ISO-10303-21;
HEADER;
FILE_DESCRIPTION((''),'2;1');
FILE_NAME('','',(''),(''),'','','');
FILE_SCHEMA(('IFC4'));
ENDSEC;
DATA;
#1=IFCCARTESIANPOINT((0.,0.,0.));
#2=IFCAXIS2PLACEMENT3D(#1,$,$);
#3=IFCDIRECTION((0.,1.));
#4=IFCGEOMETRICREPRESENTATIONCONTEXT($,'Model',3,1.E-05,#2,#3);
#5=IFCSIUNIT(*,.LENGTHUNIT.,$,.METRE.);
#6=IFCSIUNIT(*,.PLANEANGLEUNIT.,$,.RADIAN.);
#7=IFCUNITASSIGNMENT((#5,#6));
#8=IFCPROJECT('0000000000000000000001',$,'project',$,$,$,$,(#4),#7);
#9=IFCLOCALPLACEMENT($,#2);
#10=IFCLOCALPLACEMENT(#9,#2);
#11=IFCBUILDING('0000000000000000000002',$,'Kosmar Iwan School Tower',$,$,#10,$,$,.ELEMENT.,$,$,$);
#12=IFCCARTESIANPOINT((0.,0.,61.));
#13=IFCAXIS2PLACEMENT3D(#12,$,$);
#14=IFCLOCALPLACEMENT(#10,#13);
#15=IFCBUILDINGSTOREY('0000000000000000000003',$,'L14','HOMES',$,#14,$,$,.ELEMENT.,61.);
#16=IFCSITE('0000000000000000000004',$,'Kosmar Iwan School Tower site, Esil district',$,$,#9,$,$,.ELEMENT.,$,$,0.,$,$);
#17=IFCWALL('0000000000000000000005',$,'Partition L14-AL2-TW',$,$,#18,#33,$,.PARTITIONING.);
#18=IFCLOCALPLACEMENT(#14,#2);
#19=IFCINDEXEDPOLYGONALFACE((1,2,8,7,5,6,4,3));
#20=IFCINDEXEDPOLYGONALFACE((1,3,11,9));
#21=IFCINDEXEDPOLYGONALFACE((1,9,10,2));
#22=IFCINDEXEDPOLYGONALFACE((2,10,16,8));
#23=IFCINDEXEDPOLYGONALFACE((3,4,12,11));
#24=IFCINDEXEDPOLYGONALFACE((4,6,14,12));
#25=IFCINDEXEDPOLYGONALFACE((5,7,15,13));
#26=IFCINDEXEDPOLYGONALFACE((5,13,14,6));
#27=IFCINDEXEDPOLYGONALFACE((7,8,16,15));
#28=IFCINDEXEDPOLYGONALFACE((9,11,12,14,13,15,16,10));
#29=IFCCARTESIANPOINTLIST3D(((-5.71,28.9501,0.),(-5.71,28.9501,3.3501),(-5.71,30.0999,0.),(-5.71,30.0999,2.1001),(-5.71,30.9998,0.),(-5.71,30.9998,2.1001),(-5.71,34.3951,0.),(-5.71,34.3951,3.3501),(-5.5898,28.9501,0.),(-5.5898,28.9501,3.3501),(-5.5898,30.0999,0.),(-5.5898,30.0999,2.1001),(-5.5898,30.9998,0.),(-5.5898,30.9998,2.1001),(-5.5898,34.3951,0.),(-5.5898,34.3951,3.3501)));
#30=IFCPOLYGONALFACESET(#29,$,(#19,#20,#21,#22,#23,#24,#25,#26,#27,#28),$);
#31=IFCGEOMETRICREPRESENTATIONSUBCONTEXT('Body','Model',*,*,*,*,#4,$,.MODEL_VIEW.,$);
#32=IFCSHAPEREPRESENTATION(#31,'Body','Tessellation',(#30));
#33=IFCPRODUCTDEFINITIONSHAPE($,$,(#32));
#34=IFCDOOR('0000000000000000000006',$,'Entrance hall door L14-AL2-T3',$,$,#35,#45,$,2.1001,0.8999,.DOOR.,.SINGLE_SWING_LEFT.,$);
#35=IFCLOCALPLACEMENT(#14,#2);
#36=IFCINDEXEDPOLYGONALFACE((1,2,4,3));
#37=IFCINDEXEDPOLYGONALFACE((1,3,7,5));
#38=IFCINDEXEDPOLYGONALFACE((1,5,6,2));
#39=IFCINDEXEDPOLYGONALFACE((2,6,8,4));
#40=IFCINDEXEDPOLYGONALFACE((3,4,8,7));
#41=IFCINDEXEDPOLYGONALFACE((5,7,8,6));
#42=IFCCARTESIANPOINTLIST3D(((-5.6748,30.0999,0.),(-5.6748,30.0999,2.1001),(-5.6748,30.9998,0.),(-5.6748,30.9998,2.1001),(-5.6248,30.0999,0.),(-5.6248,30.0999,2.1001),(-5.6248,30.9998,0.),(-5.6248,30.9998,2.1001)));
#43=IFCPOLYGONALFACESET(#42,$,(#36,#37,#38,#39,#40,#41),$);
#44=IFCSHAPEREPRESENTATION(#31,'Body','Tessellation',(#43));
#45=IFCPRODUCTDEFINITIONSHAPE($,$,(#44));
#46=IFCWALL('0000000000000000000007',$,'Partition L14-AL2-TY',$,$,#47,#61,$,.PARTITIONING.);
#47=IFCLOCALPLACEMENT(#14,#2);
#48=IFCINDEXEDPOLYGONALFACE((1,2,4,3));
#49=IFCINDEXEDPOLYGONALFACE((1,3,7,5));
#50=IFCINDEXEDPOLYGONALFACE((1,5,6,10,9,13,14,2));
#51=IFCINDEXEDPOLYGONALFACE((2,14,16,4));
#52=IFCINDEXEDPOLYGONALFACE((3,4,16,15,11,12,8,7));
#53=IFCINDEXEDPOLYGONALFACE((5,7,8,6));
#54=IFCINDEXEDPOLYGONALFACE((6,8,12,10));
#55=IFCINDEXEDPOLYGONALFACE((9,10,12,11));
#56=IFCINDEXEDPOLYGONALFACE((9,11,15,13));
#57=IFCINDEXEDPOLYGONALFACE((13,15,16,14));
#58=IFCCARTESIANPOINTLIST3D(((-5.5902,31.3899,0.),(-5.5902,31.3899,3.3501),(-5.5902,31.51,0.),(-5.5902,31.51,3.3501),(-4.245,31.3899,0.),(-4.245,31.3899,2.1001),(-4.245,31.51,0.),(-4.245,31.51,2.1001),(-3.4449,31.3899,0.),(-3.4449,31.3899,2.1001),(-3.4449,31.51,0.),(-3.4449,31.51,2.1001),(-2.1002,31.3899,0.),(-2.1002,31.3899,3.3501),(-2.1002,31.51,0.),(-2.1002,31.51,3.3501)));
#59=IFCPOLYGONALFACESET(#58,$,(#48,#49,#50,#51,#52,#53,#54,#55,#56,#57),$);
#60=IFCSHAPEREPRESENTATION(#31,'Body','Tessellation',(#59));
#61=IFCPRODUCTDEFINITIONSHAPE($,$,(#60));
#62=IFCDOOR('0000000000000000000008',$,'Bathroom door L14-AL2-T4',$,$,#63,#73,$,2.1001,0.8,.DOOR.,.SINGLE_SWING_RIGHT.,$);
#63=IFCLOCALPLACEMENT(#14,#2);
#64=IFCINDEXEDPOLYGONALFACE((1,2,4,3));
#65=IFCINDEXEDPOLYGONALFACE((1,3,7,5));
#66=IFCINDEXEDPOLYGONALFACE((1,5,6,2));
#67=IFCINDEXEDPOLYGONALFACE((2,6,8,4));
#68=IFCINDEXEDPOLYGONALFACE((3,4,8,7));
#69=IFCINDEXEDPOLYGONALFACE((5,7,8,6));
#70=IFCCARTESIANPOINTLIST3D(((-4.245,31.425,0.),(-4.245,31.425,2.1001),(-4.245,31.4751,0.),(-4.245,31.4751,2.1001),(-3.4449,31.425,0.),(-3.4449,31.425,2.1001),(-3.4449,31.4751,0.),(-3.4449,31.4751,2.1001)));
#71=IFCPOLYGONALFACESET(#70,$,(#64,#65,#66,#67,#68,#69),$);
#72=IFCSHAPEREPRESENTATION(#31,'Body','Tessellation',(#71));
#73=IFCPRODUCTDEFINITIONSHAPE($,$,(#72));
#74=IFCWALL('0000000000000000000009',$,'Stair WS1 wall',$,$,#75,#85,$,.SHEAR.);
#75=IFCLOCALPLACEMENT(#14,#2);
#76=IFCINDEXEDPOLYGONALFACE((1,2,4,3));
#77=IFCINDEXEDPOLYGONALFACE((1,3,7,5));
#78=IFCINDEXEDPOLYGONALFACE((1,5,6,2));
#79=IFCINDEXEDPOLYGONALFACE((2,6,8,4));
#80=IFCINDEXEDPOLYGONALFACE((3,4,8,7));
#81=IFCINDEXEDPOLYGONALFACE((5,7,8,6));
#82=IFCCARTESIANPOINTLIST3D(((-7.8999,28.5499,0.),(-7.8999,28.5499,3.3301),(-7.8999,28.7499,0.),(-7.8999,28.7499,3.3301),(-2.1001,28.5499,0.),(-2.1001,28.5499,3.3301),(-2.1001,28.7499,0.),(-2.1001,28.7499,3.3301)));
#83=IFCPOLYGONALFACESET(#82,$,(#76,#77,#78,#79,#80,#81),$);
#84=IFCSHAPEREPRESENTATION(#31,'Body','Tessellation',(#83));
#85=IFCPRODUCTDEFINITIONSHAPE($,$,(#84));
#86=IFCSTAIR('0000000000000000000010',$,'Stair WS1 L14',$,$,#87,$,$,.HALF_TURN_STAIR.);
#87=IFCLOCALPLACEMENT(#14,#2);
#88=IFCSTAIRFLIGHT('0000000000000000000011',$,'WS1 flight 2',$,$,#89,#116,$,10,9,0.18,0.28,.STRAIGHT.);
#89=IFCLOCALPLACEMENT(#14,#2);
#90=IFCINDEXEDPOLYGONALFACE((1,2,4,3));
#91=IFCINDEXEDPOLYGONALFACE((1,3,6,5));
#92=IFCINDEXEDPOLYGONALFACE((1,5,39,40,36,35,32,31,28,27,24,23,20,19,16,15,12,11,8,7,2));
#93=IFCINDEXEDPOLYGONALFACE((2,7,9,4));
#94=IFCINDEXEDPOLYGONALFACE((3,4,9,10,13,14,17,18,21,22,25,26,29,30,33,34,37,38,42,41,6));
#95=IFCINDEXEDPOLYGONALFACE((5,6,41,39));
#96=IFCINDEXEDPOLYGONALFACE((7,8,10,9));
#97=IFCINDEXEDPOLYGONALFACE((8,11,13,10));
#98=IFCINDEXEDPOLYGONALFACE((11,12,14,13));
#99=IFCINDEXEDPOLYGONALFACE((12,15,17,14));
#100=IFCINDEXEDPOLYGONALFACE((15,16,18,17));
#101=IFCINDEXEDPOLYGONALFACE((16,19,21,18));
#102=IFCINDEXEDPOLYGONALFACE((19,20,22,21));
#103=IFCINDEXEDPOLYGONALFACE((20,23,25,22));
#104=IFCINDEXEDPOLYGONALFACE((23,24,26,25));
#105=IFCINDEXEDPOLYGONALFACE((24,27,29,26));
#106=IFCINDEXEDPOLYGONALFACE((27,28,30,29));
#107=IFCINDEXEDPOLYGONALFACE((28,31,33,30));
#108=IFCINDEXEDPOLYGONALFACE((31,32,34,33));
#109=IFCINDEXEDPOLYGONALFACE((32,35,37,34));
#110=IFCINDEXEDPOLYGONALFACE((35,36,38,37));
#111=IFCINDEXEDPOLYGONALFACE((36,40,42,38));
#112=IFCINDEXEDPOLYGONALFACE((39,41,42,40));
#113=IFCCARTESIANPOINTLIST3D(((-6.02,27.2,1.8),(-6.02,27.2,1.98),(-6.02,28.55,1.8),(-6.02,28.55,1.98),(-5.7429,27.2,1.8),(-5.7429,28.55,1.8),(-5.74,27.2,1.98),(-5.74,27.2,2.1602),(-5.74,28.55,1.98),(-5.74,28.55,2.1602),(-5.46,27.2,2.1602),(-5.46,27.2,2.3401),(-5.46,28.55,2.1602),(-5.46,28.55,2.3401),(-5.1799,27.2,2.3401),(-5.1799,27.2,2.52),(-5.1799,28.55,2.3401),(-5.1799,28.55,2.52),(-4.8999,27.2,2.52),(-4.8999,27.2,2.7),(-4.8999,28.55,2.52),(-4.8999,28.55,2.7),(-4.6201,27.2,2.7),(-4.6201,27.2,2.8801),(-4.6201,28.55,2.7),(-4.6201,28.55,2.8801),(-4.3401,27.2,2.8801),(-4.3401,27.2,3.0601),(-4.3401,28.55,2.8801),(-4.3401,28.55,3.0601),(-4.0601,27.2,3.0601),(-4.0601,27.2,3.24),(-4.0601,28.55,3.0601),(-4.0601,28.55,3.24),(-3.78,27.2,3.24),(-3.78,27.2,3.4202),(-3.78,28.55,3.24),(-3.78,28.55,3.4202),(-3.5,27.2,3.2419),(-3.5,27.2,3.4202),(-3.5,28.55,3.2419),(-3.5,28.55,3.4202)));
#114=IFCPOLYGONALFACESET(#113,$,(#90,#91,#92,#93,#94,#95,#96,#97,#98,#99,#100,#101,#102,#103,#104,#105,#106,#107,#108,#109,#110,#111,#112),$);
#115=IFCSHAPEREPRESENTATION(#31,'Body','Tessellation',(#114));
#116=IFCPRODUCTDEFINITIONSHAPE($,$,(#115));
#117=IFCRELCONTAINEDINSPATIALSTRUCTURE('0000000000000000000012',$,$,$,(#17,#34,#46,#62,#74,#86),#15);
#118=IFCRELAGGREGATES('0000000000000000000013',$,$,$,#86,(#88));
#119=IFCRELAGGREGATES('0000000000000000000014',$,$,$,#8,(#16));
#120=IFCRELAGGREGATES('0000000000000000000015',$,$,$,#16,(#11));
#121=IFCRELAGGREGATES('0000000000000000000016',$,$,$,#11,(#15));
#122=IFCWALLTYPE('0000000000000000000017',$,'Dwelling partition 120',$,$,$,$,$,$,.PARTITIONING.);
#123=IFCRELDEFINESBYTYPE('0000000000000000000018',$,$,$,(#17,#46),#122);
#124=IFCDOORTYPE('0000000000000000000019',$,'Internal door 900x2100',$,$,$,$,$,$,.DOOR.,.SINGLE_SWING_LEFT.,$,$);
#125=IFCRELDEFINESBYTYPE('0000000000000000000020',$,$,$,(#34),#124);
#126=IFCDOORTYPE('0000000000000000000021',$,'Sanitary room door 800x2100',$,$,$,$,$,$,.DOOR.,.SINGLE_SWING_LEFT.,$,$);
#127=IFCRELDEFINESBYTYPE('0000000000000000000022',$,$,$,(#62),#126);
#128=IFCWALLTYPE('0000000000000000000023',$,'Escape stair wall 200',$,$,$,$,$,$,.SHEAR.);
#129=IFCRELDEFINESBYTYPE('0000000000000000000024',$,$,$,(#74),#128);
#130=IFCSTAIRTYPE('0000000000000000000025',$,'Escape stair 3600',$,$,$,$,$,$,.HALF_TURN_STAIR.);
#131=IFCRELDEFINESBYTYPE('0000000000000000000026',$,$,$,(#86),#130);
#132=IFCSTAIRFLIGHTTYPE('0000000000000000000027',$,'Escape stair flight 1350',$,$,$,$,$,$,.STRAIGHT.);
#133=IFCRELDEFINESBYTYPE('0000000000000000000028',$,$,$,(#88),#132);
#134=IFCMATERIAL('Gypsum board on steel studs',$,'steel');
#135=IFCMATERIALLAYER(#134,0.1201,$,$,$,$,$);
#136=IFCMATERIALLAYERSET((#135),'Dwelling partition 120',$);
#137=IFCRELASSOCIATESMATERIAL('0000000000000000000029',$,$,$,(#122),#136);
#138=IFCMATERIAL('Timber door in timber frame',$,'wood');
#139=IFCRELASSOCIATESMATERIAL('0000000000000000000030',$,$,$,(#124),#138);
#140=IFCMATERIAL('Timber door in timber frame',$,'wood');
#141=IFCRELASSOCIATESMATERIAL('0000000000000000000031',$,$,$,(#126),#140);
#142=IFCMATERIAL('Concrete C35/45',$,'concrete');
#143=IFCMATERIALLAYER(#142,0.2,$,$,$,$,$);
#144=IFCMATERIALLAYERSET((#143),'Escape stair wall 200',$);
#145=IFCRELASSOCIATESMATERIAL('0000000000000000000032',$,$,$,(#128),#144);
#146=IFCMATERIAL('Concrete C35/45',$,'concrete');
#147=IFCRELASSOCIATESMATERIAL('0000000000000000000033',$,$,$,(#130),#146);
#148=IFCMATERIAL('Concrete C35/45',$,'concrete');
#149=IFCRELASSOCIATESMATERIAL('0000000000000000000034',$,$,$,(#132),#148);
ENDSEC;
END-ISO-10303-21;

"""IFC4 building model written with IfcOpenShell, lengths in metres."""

from ifc_helpers import new_model, si_unit, direction, frame, frame_2d, origin, place, context, subcontext, project, spatial, polyline, rectangle, outline, extrude, material, layer, layer_set, type_object, element, fill, aggregate, save


model = new_model("IFC4")

# Units and contexts
model_context = context("Model", 3, precision=1e-05, world=origin(), true_north=direction((0.0, 1.0)))
body_context = subcontext(model_context, "Body", "Model", "MODEL_VIEW")
ifc_project = project(units=[si_unit("LENGTHUNIT", "METRE"), si_unit("PLANEANGLEUNIT", "RADIAN")], contexts=[model_context])

# Site, building, storey
site_placement = place(None, origin())
site = spatial("IfcSite", under=ifc_project, at=site_placement, Name="Kosmar Iwan School Tower site, Esil district", CompositionType="ELEMENT", RefElevation=0.0)
building_placement = place(site_placement, origin())
building = spatial("IfcBuilding", under=site, at=building_placement, Name="Kosmar Iwan School Tower", CompositionType="ELEMENT")
storey_placement = place(building_placement, frame((0.0, 0.0, 61.0)))
storey = spatial("IfcBuildingStorey", under=building, at=storey_placement, Name="L14", Description="HOMES", CompositionType="ELEMENT", Elevation=61.0)

# Walls, openings, doors
ifc_material_1 = material(Name="Gypsum board on steel studs", Category="steel")
ifc_layer_1 = layer(ifc_material_1, 0.1201)
ifc_layer_set_1 = layer_set([ifc_layer_1], Name="Dwelling partition 120")
wall_type_1 = type_object("IfcWallType", Name="Dwelling partition 120", PredefinedType="PARTITIONING", material=ifc_layer_set_1)
ifc_material_2 = material(Name="Timber door in timber frame", Category="wood")
door_type_1 = type_object("IfcDoorType", Name="Internal door 900x2100", OperationType="SINGLE_SWING_LEFT", PredefinedType="DOOR", material=ifc_material_2)
wall_1_placement = place(storey_placement, frame((-5.6499, 28.95, 0.0), z_axis=(0.0, 0.0, 1.0), x_axis=(0.0, 1.0, 0.0)))
wall_1 = element("IfcWall", 1, at=wall_1_placement, inside=storey, type_object=wall_type_1, Name="Partition L14-AL2-TW", PredefinedType="PARTITIONING", context=body_context, shape_type="SweptSolid", body=[
    extrude(rectangle(XDim=5.4451, YDim=0.1201, at=frame_2d((2.7227, 0.0))), origin(), (0.0, 0.0, 1.0), 3.3501),
])
opening_1_placement = place(wall_1_placement, frame((1.1499, 0.0, 0.0)))
opening_1 = element("IfcOpeningElement", 2, at=opening_1_placement, cuts=wall_1, PredefinedType="OPENING", context=body_context, shape_type="SweptSolid", body=[
    extrude(rectangle(XDim=0.8999, YDim=2.1001, at=frame_2d((0.45, 1.05))), frame((0.0, 0.072, 0.0), z_axis=(0.0, -1.0, 0.0), x_axis=(1.0, 0.0, 0.0)), (0.0, 0.0, 1.0), 0.144),
])
door_1_placement = place(opening_1_placement, origin())
door_1 = element("IfcDoor", 3, at=door_1_placement, inside=storey, type_object=door_type_1, Name="Entrance hall door L14-AL2-T3", OperationType="SINGLE_SWING_LEFT", OverallHeight=2.1001, OverallWidth=0.8999, PredefinedType="DOOR", context=body_context, shape_type="SweptSolid", body=[
    extrude(rectangle(XDim=0.8999, YDim=2.1001, at=frame_2d((0.45, 1.05))), frame((0.0, 0.0249, 0.0), z_axis=(0.0, -1.0, 0.0), x_axis=(1.0, 0.0, 0.0)), (0.0, 0.0, 1.0), 0.05),
])
fill(opening_1, door_1)
wall_2_placement = place(storey_placement, frame((-2.1001, 31.45, 0.0), z_axis=(0.0, 0.0, 1.0), x_axis=(-1.0, 0.0, 0.0)))
wall_2 = element("IfcWall", 4, at=wall_2_placement, inside=storey, type_object=wall_type_1, Name="Partition L14-AL2-TY", PredefinedType="PARTITIONING", context=body_context, shape_type="SweptSolid", body=[
    extrude(rectangle(XDim=3.49, YDim=0.1201, at=frame_2d((1.7451, 0.0))), origin(), (0.0, 0.0, 1.0), 3.3501),
])
opening_2_placement = place(wall_2_placement, frame((1.345, 0.0, 0.0)))
opening_2 = element("IfcOpeningElement", 5, at=opening_2_placement, cuts=wall_2, PredefinedType="OPENING", context=body_context, shape_type="SweptSolid", body=[
    extrude(rectangle(XDim=0.8, YDim=2.1001, at=frame_2d((0.3999, 1.05))), frame((0.0, 0.072, 0.0), z_axis=(0.0, -1.0, 0.0), x_axis=(1.0, 0.0, 0.0)), (0.0, 0.0, 1.0), 0.144),
])
ifc_material_3 = material(Name="Timber door in timber frame", Category="wood")
door_type_2 = type_object("IfcDoorType", Name="Sanitary room door 800x2100", OperationType="SINGLE_SWING_LEFT", PredefinedType="DOOR", material=ifc_material_3)
door_2_placement = place(opening_2_placement, origin())
door_2 = element("IfcDoor", 6, at=door_2_placement, inside=storey, type_object=door_type_2, Name="Bathroom door L14-AL2-T4", OperationType="SINGLE_SWING_RIGHT", OverallHeight=2.1001, OverallWidth=0.8, PredefinedType="DOOR", context=body_context, shape_type="SweptSolid", body=[
    extrude(rectangle(XDim=0.8, YDim=2.1001, at=frame_2d((0.3999, 1.05))), frame((0.0, 0.0249, 0.0), z_axis=(0.0, -1.0, 0.0), x_axis=(1.0, 0.0, 0.0)), (0.0, 0.0, 1.0), 0.05),
])
fill(opening_2, door_2)

# Wall
ifc_material_4 = material(Name="Concrete C35/45", Category="concrete")
ifc_layer_2 = layer(ifc_material_4, 0.2)
ifc_layer_set_2 = layer_set([ifc_layer_2], Name="Escape stair wall 200")
wall_type_2 = type_object("IfcWallType", Name="Escape stair wall 200", PredefinedType="SHEAR", material=ifc_layer_set_2)
wall_3_placement = place(storey_placement, frame((-2.1001, 28.6499, 0.0), z_axis=(0.0, 0.0, 1.0), x_axis=(-1.0, 0.0, 0.0)))
element("IfcWall", 7, at=wall_3_placement, inside=storey, type_object=wall_type_2, Name="Stair WS1 wall", PredefinedType="SHEAR", context=body_context, shape_type="SweptSolid", body=[
    extrude(rectangle(XDim=5.7998, YDim=0.2, at=frame_2d((2.8999, 0.0))), origin(), (0.0, 0.0, 1.0), 3.3301),
])

# Stair, stair flight
ifc_material_5 = material(Name="Concrete C35/45", Category="concrete")
stair_type = type_object("IfcStairType", Name="Escape stair 3600", PredefinedType="HALF_TURN_STAIR", material=ifc_material_5)
stair_placement = place(storey_placement, origin())
stair = element("IfcStair", 8, at=stair_placement, inside=storey, type_object=stair_type, Name="Stair WS1 L14", PredefinedType="HALF_TURN_STAIR")
ifc_material_6 = material(Name="Concrete C35/45", Category="concrete")
stair_flight_type = type_object("IfcStairFlightType", Name="Escape stair flight 1350", PredefinedType="STRAIGHT", material=ifc_material_6)
stair_flight_placement = place(storey_placement, frame((-6.02, 27.875, 1.8), z_axis=(0.0, 0.0, 1.0), x_axis=(1.0, 0.0, 0.0)))
stair_flight = element("IfcStairFlight", 9, at=stair_flight_placement, type_object=stair_flight_type, Name="WS1 flight 2", NumberOfRisers=10, NumberOfTreads=9, PredefinedType="STRAIGHT", RiserHeight=0.18, TreadLength=0.28, context=body_context, shape_type="SweptSolid", body=[
    extrude(outline(polyline([(0.0, 0.0), (0.0, 0.1799), (0.28, 0.1799), (0.28, 0.3601), (0.5601, 0.3601), (0.5601, 0.54), (0.8401, 0.54), (0.8401, 0.72), (1.1201, 0.72), (1.1201, 0.8999), (1.3999, 0.8999), (1.3999, 1.0801), (1.6799, 1.0801), (1.6799, 1.26), (1.96, 1.26), (1.96, 1.4399), (2.24, 1.4399), (2.24, 1.6201), (2.52, 1.6201), (2.52, 1.8), (2.52, 1.4419), (0.2771, 0.0), (0.0, 0.0)])), frame((0.0, 0.675, 0.0), z_axis=(0.0, -1.0, 0.0), x_axis=(1.0, 0.0, 0.0)), (0.0, 0.0, 1.0), 1.3501),
])
aggregate(stair, [stair_flight])

save(model, "model.ifc")
